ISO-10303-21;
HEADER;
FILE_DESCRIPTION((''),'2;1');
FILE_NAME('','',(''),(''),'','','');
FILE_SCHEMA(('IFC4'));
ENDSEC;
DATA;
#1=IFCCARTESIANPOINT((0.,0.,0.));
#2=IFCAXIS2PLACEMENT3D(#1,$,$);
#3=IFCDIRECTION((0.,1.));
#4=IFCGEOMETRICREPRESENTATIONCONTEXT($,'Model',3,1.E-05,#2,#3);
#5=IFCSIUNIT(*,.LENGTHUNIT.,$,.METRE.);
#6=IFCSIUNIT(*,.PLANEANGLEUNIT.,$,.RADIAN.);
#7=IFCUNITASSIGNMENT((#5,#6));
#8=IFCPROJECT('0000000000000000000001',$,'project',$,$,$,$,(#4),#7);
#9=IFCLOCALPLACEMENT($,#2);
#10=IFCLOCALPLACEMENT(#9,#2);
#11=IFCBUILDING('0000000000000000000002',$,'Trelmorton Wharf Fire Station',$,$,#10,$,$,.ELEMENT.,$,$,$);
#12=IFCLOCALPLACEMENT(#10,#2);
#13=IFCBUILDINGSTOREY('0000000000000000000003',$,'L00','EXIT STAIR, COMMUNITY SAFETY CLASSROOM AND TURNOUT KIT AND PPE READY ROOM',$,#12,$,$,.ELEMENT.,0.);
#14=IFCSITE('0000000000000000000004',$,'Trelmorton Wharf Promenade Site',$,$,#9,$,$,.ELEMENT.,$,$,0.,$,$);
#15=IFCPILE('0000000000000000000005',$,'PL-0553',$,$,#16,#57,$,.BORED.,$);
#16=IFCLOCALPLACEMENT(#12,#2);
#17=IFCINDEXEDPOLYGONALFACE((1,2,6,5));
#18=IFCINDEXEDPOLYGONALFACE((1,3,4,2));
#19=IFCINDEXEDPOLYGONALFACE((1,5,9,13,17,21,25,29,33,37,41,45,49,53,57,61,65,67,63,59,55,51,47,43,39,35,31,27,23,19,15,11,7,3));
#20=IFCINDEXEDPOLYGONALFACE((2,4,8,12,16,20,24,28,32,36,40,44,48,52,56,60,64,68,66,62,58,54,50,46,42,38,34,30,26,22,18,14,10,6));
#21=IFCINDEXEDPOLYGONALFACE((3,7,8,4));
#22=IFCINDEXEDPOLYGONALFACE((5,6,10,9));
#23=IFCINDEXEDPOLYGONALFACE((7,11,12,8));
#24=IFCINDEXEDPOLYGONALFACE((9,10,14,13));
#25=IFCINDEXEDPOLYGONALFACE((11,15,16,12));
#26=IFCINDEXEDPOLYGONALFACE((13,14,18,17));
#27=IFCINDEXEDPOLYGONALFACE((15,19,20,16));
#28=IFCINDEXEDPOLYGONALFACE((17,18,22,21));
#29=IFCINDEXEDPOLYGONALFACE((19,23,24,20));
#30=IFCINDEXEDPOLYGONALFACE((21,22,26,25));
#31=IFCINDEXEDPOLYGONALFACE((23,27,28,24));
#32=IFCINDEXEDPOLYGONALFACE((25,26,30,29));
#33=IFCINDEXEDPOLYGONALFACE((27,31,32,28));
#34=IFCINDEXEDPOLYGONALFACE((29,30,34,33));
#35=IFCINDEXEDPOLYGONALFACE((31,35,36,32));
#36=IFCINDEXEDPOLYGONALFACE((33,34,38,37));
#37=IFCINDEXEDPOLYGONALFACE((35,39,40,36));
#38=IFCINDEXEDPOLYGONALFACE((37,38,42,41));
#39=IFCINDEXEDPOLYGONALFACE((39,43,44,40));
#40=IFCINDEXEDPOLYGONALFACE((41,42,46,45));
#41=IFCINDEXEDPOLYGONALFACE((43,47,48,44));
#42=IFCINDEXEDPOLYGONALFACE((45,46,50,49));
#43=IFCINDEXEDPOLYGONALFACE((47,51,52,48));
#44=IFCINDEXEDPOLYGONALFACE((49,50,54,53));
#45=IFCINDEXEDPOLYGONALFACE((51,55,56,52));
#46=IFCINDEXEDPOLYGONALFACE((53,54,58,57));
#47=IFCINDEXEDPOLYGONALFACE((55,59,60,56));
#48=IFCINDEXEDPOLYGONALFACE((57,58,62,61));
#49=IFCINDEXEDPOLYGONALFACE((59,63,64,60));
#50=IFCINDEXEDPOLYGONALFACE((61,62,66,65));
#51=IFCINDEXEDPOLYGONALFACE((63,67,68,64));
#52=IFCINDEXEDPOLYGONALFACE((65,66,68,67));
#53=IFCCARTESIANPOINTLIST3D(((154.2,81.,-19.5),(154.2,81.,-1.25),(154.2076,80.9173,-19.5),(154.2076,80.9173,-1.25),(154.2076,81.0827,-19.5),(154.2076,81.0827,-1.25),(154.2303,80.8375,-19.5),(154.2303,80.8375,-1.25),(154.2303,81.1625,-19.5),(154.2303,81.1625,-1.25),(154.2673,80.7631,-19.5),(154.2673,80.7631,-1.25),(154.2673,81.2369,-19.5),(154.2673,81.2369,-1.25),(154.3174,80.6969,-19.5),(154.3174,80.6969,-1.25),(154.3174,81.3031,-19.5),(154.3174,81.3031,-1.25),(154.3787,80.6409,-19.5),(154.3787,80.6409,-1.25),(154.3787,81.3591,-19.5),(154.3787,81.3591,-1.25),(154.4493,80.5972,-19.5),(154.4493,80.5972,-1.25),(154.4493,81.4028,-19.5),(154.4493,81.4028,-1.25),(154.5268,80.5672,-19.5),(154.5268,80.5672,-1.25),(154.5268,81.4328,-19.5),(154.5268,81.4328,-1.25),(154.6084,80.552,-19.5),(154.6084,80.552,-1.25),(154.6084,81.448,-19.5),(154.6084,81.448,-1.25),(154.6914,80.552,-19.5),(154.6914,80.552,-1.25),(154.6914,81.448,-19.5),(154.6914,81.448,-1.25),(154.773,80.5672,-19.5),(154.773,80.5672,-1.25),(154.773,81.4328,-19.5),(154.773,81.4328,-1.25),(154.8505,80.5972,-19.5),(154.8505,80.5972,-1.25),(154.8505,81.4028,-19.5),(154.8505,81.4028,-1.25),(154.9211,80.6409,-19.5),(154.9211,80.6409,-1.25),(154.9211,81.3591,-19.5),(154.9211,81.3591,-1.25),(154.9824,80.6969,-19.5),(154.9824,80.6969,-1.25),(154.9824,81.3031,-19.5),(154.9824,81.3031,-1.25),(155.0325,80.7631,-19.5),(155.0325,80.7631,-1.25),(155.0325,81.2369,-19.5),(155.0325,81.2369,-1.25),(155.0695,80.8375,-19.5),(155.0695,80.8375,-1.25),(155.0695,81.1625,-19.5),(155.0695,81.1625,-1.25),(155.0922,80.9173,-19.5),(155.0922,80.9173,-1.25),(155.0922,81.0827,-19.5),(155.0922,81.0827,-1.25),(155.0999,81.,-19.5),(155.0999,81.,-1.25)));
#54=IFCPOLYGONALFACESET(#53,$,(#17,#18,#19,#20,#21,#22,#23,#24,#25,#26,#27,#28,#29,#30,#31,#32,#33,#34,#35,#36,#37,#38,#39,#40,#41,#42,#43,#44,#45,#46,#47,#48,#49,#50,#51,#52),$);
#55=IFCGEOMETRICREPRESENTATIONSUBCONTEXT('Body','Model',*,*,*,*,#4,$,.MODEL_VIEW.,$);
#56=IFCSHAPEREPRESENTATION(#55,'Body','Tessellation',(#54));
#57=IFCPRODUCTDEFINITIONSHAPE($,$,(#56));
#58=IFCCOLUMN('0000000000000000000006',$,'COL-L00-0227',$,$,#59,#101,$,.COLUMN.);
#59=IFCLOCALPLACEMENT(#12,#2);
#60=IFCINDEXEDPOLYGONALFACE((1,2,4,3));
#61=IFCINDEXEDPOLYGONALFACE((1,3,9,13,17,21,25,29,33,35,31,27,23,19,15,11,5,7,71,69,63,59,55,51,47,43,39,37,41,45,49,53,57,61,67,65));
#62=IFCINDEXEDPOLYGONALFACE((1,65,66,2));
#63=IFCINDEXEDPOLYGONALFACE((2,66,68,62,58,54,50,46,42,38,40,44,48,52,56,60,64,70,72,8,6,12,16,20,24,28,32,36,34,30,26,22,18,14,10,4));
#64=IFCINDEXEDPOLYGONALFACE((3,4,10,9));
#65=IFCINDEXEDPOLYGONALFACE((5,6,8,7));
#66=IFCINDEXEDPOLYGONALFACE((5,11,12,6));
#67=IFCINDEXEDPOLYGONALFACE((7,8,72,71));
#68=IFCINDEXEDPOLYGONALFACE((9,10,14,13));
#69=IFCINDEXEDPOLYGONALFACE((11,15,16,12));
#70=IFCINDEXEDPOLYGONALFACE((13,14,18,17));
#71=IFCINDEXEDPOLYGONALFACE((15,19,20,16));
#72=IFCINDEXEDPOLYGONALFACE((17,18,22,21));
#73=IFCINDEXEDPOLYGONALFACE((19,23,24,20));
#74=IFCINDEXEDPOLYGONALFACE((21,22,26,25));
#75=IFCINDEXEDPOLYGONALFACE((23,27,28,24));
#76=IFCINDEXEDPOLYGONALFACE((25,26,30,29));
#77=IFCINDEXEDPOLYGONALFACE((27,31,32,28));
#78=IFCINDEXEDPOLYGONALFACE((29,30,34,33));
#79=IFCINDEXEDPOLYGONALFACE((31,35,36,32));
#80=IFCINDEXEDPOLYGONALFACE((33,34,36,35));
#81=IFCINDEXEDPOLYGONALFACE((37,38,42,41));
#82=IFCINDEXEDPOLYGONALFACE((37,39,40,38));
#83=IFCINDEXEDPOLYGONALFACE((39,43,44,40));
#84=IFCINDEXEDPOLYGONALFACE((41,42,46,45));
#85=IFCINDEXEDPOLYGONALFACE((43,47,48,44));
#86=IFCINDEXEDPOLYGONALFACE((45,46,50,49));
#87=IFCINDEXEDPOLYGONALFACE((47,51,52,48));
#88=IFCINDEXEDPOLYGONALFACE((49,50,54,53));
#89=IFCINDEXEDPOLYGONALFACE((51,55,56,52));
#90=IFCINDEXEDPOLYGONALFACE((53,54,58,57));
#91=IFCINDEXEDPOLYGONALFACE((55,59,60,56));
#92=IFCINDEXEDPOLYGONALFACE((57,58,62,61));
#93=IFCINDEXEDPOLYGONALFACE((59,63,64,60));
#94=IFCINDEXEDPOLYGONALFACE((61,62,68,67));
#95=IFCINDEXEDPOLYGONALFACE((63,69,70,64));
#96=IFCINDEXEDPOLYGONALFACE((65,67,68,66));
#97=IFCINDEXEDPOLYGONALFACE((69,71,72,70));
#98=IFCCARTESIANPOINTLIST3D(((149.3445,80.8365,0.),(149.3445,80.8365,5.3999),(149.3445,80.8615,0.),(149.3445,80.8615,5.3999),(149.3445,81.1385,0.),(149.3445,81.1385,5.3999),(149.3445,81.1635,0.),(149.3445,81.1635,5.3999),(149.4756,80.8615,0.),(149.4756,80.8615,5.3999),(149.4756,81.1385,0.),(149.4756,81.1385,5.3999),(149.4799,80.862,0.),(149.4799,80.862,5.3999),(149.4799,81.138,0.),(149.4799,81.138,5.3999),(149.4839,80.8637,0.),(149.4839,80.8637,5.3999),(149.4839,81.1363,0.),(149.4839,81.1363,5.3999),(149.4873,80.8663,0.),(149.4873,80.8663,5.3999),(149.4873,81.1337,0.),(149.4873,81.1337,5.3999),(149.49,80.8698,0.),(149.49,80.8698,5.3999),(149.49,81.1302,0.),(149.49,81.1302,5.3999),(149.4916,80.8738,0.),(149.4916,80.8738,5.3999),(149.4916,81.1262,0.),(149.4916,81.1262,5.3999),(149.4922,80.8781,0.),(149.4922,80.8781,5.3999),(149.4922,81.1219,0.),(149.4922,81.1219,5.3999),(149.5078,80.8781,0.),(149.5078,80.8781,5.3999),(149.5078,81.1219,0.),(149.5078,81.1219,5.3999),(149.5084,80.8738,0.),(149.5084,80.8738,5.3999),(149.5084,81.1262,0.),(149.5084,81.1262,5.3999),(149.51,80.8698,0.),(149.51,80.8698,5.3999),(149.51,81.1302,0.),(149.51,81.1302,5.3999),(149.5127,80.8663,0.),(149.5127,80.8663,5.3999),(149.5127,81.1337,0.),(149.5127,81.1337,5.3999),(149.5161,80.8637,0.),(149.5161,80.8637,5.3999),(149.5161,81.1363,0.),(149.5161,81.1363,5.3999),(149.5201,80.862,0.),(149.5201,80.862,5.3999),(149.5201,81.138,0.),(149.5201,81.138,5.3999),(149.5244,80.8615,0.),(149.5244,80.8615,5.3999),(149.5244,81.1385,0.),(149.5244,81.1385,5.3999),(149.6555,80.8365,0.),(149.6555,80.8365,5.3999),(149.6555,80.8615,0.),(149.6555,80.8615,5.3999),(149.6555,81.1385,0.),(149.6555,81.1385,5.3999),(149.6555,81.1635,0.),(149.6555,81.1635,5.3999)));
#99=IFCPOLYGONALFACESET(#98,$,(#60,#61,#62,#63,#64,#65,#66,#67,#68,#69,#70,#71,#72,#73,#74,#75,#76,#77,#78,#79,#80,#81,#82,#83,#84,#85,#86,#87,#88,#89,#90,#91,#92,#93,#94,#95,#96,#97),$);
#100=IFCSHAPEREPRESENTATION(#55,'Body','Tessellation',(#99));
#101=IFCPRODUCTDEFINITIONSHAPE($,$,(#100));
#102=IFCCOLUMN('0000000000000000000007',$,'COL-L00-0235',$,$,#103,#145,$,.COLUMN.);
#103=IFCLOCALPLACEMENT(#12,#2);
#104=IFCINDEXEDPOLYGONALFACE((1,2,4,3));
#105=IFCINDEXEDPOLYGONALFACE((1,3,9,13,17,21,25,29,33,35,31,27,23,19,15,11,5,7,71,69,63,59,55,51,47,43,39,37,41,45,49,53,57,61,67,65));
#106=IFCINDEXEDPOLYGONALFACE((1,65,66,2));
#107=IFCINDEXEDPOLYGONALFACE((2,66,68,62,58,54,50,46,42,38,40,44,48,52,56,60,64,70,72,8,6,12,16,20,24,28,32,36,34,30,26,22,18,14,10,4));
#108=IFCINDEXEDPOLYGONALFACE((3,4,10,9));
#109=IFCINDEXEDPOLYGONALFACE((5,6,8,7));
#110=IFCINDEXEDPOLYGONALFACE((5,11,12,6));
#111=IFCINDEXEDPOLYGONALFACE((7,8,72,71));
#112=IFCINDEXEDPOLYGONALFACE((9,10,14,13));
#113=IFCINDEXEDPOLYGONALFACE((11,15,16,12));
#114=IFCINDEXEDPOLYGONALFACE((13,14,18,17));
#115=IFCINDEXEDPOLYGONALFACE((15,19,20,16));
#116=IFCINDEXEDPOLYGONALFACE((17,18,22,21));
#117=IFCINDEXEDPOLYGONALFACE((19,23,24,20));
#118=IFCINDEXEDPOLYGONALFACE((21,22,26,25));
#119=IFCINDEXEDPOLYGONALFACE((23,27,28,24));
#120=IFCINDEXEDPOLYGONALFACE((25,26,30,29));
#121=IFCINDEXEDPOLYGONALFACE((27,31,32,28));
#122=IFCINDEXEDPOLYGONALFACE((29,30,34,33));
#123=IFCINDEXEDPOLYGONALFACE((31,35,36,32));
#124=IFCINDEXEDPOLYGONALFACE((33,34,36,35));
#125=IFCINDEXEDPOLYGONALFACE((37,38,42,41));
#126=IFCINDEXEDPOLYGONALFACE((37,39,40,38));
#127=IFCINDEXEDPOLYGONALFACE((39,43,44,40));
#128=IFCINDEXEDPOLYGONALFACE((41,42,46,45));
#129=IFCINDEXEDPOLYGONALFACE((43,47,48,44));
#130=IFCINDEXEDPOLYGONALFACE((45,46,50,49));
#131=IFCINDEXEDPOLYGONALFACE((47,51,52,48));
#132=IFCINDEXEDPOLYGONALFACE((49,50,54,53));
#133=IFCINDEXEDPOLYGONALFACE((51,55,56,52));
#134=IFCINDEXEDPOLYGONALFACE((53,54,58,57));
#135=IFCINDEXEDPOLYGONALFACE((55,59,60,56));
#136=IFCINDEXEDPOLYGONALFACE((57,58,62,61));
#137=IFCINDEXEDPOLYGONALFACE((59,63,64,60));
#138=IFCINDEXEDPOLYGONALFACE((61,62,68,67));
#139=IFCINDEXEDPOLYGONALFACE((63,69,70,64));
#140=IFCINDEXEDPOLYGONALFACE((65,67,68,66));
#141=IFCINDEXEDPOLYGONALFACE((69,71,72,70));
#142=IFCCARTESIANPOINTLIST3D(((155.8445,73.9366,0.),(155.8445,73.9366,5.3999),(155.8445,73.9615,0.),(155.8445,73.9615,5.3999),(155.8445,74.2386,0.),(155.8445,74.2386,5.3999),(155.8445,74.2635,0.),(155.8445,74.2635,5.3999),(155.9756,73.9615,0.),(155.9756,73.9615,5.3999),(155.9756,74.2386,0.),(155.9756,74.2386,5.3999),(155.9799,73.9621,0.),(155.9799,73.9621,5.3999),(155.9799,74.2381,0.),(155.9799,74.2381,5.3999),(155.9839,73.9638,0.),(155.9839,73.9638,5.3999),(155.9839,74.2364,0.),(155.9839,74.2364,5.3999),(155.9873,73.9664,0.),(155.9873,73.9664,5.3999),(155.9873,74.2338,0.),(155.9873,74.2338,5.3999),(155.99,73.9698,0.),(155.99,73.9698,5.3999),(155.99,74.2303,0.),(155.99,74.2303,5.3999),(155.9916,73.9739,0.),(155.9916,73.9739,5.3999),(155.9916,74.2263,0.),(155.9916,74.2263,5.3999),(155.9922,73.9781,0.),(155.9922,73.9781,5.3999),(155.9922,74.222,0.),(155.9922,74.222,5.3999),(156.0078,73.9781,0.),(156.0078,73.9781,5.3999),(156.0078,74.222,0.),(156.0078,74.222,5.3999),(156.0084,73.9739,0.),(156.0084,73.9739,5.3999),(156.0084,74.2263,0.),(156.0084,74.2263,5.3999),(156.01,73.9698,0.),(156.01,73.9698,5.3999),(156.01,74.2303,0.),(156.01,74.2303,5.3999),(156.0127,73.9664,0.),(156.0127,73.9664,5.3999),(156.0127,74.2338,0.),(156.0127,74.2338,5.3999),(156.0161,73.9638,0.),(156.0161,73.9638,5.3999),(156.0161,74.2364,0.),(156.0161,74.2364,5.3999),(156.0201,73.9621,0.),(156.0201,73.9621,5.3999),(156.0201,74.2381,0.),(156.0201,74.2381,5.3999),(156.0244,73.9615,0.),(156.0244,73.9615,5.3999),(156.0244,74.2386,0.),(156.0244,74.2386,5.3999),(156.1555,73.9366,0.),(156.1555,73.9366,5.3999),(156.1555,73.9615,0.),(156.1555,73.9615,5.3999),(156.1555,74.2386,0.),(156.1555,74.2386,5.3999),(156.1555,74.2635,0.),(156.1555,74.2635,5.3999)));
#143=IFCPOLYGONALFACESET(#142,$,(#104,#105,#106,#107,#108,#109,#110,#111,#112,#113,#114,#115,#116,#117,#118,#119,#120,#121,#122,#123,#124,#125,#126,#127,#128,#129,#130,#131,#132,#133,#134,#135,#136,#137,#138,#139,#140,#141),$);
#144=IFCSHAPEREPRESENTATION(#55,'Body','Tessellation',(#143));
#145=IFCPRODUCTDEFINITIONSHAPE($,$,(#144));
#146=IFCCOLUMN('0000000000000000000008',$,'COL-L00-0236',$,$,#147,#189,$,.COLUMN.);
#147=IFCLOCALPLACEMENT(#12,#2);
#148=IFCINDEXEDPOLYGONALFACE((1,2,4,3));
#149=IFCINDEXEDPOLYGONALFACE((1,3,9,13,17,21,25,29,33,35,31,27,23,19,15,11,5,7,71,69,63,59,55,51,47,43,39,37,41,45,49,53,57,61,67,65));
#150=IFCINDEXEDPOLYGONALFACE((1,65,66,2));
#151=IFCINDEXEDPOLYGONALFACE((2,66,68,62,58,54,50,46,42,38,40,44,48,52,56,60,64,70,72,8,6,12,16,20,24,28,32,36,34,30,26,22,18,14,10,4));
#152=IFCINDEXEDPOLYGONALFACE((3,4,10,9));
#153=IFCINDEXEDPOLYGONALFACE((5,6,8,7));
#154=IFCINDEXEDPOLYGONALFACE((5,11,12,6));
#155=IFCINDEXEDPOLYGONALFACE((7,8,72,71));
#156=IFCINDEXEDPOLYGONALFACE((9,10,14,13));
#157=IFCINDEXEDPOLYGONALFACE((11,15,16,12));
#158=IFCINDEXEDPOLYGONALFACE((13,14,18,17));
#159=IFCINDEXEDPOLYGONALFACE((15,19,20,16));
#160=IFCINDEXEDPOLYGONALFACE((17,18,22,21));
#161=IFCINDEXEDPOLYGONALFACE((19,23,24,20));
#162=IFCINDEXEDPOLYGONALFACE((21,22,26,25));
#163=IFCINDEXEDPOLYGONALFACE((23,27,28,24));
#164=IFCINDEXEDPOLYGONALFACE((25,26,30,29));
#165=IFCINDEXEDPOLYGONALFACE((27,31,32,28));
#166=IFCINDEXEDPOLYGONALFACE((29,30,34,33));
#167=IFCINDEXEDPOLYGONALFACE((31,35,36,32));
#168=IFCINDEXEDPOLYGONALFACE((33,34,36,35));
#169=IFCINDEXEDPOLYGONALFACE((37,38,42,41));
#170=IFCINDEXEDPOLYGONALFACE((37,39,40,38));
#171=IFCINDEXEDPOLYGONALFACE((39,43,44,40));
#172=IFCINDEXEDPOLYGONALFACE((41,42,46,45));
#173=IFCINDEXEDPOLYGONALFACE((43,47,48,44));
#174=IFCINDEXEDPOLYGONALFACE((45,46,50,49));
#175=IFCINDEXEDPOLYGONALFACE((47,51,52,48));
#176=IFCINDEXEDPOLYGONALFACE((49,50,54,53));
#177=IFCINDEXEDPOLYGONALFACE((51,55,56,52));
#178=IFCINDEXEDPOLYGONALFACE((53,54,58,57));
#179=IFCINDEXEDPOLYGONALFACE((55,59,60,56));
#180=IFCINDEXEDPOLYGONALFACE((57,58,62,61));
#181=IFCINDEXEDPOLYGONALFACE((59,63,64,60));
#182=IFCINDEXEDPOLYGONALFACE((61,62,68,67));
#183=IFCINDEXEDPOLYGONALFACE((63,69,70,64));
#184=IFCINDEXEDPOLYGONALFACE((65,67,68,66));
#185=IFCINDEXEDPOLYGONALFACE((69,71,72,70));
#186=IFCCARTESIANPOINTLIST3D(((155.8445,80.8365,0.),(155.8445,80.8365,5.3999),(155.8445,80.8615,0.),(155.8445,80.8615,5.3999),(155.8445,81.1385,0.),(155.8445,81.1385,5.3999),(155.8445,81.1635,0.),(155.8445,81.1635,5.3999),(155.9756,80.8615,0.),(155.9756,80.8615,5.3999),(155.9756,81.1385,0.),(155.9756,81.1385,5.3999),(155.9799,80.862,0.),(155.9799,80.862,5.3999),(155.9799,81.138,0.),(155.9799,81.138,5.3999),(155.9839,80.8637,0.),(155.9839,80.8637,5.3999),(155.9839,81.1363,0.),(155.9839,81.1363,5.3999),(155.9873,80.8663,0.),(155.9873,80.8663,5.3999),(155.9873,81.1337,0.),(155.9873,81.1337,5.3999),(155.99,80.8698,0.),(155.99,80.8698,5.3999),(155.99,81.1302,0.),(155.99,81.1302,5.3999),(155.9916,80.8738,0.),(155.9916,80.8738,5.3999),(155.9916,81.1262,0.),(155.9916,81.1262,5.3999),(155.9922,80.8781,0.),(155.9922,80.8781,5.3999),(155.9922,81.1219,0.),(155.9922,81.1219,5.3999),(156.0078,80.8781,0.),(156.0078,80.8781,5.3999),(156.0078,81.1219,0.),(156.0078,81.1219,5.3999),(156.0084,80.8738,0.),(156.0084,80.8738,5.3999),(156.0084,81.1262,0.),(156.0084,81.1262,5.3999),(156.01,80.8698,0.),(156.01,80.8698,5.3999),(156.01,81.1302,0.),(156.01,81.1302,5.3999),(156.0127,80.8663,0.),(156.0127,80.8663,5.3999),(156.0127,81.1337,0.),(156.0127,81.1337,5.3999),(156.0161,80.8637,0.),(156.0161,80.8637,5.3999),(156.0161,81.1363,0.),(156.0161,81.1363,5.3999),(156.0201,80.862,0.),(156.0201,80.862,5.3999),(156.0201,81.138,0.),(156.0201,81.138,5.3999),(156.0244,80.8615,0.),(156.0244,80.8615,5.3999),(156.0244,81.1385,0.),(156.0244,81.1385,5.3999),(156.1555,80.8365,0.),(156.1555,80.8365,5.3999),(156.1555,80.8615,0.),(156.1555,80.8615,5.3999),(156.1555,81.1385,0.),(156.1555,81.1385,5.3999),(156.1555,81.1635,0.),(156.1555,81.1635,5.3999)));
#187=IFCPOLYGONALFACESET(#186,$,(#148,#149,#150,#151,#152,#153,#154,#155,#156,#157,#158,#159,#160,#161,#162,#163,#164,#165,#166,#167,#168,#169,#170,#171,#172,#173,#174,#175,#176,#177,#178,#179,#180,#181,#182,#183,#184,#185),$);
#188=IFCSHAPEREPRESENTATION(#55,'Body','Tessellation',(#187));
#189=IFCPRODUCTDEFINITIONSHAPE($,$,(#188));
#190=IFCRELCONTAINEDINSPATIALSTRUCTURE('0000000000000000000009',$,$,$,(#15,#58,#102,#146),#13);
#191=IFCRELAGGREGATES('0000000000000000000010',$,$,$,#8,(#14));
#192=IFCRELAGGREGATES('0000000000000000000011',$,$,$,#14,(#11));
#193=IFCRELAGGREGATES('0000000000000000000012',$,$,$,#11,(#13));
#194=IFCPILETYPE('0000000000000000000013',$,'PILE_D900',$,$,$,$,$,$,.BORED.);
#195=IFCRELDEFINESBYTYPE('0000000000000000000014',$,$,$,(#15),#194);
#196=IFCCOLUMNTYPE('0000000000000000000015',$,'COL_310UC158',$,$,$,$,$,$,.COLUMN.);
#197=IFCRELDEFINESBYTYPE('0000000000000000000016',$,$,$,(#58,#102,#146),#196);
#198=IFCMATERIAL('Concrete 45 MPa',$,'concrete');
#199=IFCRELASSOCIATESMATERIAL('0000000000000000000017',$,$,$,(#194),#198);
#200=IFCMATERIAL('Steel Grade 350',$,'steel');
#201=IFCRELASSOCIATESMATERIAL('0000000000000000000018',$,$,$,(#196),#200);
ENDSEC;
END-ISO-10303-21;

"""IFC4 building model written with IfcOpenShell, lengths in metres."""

from ifc_helpers import new_model, si_unit, direction, frame, origin, origin_2d, place, context, subcontext, project, spatial, circle, i_section, extrude, material, material_profile, profile_set, type_object, element, save


model = new_model("IFC4")

# Units and contexts
model_context = context("Model", 3, precision=1e-05, world=origin(), true_north=direction((0.0, 1.0)))
body_context = subcontext(model_context, "Body", "Model", "MODEL_VIEW")
ifc_project = project(units=[si_unit("LENGTHUNIT", "METRE"), si_unit("PLANEANGLEUNIT", "RADIAN")], contexts=[model_context])

# Site, building, storey
site_placement = place(None, origin())
site = spatial("IfcSite", under=ifc_project, at=site_placement, Name="Trelmorton Wharf Promenade Site", CompositionType="ELEMENT", RefElevation=0.0)
building_placement = place(site_placement, origin())
building = spatial("IfcBuilding", under=site, at=building_placement, Name="Trelmorton Wharf Fire Station", CompositionType="ELEMENT")
storey_placement = place(building_placement, origin())
storey = spatial("IfcBuildingStorey", under=building, at=storey_placement, Name="L00", Description="EXIT STAIR, COMMUNITY SAFETY CLASSROOM AND TURNOUT KIT AND PPE READY ROOM", CompositionType="ELEMENT", Elevation=0.0)

# Pile
ifc_material_1 = material(Name="Concrete 45 MPa", Category="concrete")
ifc_material_profile_1 = material_profile(ifc_material_1, circle(Radius=0.45, at=origin_2d()), Name="PILE-D900")
ifc_profile_set_1 = profile_set([ifc_material_profile_1], Name="Concrete 45 MPa")
pile_type = type_object("IfcPileType", Name="PILE_D900", PredefinedType="BORED", material=ifc_profile_set_1)
for number, where, z_axis, x_axis, name in (
    (1, (154.6499, 81.0, -1.25), (0.0, 0.0, -1.0), (1.0, 0.0, 0.0), "PL-0553"),
):
    element("IfcPile", number, at=place(storey_placement, frame(where, z_axis=z_axis, x_axis=x_axis)), inside=storey, type_object=pile_type, Name=name, PredefinedType="BORED", context=body_context, shape_type="SweptSolid", body=[
        extrude(circle(Radius=0.45, at=origin_2d()), origin(), (0.0, 0.0, 1.0), 18.25),
    ])

# Columns
ifc_material_2 = material(Name="Steel Grade 350", Category="steel")
ifc_material_profile_2 = material_profile(ifc_material_2, i_section(OverallWidth=0.311, OverallDepth=0.3269, WebThickness=0.0156, FlangeThickness=0.0249, FilletRadius=0.0166, at=origin_2d()), Name="310UC158")
ifc_profile_set_2 = profile_set([ifc_material_profile_2], Name="Steel Grade 350")
column_type_1 = type_object("IfcColumnType", Name="COL_310UC158", PredefinedType="COLUMN", material=ifc_profile_set_2)
for number, where, z_axis, x_axis, name in (
    (2, (149.5, 81.0, 0.0), (0.0, 0.0, 1.0), (1.0, 0.0, 0.0), "COL-L00-0227"),
    (3, (156.0, 74.1001, 0.0), (0.0, 0.0, 1.0), (1.0, 0.0, 0.0), "COL-L00-0235"),
    (4, (156.0, 81.0, 0.0), (0.0, 0.0, 1.0), (1.0, 0.0, 0.0), "COL-L00-0236"),
):
    element("IfcColumn", number, at=place(storey_placement, frame(where, z_axis=z_axis, x_axis=x_axis)), inside=storey, type_object=column_type_1, Name=name, PredefinedType="COLUMN", context=body_context, shape_type="SweptSolid", body=[
        extrude(i_section(OverallWidth=0.311, OverallDepth=0.3269, WebThickness=0.0156, FlangeThickness=0.0249, FilletRadius=0.0166, at=origin_2d()), origin(), (0.0, 0.0, 1.0), 5.3999),
    ])

save(model, "model.ifc")
